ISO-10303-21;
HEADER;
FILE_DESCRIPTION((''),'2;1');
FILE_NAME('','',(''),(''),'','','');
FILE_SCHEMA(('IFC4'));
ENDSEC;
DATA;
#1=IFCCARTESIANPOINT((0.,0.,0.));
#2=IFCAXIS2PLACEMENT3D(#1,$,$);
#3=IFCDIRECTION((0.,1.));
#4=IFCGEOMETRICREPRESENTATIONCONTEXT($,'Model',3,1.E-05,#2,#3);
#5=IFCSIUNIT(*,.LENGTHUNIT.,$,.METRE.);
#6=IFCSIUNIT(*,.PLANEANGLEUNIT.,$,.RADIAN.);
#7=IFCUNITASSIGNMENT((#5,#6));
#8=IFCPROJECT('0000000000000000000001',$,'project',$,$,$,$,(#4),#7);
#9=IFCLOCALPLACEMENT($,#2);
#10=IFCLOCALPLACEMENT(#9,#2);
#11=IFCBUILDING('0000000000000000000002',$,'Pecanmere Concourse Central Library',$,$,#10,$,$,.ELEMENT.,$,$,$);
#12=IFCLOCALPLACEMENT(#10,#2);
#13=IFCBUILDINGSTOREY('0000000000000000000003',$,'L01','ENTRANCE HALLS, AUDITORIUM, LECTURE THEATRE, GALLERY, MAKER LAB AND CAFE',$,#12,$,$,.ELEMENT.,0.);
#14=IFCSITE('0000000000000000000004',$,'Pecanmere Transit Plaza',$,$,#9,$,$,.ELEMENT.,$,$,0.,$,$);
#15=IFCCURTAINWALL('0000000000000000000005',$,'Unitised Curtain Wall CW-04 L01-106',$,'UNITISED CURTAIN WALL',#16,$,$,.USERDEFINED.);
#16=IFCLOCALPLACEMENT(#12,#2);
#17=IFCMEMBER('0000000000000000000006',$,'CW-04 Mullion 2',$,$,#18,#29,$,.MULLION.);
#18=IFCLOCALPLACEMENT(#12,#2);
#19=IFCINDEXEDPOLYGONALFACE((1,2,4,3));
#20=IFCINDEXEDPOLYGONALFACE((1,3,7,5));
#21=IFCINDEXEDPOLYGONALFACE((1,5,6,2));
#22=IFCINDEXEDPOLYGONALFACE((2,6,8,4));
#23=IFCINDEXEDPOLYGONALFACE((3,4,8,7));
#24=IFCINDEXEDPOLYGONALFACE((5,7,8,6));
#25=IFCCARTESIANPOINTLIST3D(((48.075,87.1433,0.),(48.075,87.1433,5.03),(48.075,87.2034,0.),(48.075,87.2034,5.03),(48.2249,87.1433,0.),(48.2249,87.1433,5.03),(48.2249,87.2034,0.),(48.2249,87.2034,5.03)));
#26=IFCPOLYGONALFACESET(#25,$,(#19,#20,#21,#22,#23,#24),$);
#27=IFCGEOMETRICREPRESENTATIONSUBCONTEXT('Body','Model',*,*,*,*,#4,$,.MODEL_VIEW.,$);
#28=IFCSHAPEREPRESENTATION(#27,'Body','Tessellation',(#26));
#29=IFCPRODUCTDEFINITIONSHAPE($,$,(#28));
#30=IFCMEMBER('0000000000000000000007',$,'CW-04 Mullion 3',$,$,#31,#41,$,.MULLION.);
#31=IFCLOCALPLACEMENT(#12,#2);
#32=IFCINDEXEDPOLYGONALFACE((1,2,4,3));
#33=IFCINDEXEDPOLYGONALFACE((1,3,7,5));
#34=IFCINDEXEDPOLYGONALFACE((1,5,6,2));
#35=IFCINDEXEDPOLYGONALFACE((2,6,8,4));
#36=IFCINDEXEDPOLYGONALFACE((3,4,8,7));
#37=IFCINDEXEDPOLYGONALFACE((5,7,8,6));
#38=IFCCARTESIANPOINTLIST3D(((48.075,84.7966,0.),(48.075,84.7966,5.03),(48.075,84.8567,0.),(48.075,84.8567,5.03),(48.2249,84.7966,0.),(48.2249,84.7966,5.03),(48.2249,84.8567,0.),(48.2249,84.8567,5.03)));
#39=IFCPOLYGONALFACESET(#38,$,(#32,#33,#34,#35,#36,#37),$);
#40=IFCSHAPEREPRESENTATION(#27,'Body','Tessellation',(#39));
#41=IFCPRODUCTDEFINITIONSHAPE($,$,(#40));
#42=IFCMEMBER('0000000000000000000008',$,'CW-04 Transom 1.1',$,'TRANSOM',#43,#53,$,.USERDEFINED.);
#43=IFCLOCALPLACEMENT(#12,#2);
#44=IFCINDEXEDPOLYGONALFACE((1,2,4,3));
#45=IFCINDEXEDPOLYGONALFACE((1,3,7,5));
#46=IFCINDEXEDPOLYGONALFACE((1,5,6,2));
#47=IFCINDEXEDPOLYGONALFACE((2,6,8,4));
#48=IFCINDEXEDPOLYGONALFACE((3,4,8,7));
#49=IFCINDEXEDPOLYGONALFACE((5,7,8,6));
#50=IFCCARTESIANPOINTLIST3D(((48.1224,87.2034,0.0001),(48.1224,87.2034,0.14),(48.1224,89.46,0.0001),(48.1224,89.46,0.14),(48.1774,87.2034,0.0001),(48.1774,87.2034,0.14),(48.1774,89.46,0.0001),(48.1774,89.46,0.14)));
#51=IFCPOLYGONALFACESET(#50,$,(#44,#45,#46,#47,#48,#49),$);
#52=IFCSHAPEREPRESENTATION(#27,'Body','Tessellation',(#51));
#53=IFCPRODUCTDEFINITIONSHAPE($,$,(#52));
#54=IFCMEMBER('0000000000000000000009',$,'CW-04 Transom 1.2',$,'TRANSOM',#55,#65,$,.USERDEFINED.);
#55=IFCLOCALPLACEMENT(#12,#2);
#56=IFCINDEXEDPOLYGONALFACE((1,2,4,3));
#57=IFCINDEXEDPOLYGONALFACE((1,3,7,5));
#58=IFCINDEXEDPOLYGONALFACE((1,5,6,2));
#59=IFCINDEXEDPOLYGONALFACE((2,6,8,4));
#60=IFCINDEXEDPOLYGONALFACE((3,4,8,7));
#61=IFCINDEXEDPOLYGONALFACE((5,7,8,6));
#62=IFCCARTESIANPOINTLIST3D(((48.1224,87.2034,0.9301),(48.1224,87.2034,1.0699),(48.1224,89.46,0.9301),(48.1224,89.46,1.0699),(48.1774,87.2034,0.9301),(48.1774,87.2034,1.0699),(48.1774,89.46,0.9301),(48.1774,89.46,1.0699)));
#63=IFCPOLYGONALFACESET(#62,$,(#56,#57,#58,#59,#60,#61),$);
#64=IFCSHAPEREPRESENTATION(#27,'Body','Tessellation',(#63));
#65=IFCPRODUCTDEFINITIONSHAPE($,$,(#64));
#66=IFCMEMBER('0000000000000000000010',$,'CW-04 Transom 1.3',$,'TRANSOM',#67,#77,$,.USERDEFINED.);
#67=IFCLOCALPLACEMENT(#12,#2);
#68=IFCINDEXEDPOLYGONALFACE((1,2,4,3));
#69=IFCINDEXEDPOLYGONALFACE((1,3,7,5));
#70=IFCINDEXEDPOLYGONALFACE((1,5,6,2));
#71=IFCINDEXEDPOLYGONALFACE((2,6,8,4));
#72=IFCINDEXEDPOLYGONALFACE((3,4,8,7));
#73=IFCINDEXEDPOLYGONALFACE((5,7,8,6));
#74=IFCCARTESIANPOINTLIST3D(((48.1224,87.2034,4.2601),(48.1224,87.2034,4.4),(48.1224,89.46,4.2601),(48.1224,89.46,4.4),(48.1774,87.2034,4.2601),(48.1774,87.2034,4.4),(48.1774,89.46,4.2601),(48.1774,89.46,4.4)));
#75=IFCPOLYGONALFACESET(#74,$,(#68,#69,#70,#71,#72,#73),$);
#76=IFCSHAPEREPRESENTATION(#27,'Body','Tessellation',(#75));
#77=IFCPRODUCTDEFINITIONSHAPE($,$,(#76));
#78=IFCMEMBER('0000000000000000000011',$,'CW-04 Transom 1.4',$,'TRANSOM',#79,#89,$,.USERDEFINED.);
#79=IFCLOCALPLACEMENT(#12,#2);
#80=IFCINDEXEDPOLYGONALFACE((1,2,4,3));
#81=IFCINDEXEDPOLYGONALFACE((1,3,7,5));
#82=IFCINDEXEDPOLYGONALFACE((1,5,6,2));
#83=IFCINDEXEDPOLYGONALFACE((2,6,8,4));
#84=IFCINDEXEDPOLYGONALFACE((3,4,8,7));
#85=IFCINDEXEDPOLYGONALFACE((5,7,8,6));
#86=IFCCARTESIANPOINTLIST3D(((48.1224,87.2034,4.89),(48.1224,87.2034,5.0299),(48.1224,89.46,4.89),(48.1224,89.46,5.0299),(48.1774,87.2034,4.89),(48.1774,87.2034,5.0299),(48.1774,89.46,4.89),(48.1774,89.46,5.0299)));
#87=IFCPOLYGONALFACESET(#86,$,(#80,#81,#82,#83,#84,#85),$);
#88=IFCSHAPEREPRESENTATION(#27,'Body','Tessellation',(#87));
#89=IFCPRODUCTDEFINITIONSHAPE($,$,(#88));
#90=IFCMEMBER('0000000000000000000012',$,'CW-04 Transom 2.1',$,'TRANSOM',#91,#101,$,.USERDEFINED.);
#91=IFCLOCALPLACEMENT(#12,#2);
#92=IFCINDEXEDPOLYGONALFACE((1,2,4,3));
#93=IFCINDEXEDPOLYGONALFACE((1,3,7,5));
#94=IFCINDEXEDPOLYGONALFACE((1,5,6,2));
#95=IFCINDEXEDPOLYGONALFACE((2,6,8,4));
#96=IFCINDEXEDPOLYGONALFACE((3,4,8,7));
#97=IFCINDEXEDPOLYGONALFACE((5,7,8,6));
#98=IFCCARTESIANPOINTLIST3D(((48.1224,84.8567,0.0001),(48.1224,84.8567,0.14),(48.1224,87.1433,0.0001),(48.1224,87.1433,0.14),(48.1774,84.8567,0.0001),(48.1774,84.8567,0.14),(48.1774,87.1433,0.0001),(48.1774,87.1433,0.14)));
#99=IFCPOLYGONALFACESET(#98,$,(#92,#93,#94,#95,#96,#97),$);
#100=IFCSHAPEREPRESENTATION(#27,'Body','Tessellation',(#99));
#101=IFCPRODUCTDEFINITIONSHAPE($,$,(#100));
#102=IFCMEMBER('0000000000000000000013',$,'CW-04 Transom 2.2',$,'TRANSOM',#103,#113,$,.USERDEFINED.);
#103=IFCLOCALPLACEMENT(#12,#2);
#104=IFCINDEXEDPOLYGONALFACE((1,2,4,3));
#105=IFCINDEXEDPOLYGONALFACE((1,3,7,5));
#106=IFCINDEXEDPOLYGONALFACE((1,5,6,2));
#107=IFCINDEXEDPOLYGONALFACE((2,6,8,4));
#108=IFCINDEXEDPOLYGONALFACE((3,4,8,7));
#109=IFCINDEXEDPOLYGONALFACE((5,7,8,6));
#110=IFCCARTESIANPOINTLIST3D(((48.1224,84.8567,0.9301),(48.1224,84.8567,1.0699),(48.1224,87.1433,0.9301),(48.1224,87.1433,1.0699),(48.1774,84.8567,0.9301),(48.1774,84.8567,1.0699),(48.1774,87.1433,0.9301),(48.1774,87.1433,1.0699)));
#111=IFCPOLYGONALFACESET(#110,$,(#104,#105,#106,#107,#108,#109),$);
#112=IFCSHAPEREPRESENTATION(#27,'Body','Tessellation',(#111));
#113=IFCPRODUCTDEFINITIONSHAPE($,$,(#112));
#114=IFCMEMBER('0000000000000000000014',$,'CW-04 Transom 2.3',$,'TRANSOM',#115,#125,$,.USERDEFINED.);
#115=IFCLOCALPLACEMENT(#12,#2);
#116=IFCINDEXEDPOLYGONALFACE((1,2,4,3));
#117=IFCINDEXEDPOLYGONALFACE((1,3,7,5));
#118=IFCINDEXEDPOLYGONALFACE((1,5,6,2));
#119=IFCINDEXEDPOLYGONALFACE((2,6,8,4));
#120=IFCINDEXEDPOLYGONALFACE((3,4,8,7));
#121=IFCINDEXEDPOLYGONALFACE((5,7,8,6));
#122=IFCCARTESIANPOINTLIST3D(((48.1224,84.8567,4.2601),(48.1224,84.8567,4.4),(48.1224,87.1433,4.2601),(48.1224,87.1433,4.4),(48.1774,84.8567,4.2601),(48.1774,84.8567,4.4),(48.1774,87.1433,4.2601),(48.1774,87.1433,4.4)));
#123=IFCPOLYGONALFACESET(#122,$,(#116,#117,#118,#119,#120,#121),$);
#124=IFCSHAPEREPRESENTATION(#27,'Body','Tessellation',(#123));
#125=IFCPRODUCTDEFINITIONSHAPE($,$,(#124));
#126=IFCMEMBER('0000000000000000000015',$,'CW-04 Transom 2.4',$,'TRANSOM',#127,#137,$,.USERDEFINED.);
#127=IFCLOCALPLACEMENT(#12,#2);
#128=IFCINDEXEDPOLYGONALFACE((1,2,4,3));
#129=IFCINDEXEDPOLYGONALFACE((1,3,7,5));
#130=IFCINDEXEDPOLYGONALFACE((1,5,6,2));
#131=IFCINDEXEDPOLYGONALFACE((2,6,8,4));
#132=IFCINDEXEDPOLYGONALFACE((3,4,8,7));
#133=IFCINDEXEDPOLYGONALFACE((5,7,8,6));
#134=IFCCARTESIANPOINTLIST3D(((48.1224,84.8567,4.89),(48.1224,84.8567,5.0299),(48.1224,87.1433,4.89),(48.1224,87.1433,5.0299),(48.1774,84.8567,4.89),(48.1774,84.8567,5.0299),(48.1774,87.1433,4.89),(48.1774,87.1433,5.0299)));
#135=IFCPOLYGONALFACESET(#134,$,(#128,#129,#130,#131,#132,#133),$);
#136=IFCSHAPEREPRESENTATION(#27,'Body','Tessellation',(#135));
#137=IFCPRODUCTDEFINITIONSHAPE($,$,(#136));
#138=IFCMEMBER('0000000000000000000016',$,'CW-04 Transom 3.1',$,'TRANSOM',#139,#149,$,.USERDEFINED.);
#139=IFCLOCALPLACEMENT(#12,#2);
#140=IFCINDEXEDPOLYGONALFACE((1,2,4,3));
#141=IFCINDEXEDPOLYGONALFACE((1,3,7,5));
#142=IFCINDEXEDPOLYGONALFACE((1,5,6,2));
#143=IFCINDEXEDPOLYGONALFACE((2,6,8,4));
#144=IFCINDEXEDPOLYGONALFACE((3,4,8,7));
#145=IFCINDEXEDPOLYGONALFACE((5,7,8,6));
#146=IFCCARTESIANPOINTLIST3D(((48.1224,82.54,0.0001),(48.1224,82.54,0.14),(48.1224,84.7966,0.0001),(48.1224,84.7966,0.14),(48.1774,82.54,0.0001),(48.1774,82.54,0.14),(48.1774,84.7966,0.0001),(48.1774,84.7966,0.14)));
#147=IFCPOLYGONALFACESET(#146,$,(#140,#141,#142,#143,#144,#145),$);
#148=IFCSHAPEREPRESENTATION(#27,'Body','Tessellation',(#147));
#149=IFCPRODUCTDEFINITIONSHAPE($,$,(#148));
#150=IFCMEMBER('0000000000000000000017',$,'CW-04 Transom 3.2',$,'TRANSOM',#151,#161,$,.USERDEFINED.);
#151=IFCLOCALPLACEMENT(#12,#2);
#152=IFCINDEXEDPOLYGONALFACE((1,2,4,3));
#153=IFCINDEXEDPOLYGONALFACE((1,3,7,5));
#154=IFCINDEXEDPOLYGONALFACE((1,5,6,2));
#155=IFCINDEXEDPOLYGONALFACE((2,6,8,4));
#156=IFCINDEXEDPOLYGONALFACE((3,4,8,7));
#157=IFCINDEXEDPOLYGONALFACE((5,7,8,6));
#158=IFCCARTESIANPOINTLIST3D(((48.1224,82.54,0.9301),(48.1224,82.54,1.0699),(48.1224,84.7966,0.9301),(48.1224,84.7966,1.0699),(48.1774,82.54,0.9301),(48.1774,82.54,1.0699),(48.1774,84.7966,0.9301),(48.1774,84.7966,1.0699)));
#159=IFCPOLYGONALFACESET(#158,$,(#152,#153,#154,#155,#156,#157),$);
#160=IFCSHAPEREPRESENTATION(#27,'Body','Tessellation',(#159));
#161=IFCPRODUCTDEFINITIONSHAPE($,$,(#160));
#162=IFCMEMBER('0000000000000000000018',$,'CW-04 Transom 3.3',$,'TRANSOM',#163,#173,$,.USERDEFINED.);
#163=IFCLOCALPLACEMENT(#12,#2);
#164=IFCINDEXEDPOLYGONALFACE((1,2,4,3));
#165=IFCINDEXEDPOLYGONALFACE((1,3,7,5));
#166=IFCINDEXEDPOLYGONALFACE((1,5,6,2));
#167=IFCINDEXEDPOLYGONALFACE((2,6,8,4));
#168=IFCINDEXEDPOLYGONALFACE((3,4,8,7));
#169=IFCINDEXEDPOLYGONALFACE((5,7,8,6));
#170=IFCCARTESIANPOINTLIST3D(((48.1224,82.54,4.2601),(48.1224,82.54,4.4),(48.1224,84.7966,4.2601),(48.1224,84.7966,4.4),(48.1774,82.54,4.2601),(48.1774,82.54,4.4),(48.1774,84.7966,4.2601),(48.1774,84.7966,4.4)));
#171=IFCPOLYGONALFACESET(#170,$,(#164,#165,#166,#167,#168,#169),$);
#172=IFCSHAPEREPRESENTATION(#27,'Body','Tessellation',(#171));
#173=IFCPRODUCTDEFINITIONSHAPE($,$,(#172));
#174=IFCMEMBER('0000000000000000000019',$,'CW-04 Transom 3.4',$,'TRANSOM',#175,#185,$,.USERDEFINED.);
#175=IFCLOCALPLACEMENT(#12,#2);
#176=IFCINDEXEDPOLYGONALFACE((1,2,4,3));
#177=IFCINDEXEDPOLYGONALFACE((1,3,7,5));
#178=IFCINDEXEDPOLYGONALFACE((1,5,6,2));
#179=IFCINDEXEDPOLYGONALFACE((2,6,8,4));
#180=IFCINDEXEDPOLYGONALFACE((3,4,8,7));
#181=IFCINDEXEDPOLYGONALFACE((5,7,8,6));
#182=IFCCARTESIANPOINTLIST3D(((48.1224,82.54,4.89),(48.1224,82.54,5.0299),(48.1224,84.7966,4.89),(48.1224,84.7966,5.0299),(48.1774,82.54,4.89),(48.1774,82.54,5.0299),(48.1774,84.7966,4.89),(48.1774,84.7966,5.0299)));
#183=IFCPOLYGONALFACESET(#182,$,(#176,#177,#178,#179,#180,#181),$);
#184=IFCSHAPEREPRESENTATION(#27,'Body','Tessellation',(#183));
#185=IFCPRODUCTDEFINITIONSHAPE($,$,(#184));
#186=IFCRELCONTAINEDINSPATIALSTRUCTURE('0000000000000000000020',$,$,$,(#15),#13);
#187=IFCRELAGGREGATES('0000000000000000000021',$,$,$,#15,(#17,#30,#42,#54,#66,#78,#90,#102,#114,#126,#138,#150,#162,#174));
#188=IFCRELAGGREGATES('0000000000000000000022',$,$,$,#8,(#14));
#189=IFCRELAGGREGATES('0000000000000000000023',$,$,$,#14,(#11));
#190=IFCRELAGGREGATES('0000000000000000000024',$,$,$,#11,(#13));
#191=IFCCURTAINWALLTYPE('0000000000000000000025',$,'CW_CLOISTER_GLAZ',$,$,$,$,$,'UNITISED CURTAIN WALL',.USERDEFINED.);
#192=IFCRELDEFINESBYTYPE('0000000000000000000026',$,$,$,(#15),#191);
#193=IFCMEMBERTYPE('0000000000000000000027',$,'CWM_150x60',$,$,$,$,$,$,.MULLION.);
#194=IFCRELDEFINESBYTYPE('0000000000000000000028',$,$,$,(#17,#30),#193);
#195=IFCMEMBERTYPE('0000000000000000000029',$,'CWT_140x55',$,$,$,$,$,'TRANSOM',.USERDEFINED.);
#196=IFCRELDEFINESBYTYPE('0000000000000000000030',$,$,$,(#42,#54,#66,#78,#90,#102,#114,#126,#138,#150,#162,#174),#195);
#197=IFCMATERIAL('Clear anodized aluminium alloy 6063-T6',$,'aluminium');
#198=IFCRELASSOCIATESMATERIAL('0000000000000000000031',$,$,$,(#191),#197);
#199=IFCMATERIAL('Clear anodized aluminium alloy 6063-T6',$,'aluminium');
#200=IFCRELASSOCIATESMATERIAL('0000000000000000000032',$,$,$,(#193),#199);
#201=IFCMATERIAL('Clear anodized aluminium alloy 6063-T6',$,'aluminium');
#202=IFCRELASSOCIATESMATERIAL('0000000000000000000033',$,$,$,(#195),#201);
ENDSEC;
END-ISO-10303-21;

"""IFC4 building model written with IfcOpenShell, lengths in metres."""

from ifc_helpers import new_model, si_unit, direction, frame, origin, origin_2d, place, context, subcontext, project, spatial, rectangle, extrude, material, material_profile, profile_set, type_object, element, aggregate, save


model = new_model("IFC4")

# Units and contexts
model_context = context("Model", 3, precision=1e-05, world=origin(), true_north=direction((0.0, 1.0)))
body_context = subcontext(model_context, "Body", "Model", "MODEL_VIEW")
ifc_project = project(units=[si_unit("LENGTHUNIT", "METRE"), si_unit("PLANEANGLEUNIT", "RADIAN")], contexts=[model_context])

# Site, building, storey
site_placement = place(None, origin())
site = spatial("IfcSite", under=ifc_project, at=site_placement, Name="Pecanmere Transit Plaza", CompositionType="ELEMENT", RefElevation=0.0)
building_placement = place(site_placement, origin())
building = spatial("IfcBuilding", under=site, at=building_placement, Name="Pecanmere Concourse Central Library", CompositionType="ELEMENT")
storey_placement = place(building_placement, origin())
storey = spatial("IfcBuildingStorey", under=building, at=storey_placement, Name="L01", Description="ENTRANCE HALLS, AUDITORIUM, LECTURE THEATRE, GALLERY, MAKER LAB AND CAFE", CompositionType="ELEMENT", Elevation=0.0)

# Curtain wall, members
ifc_material_1 = material(Name="Clear anodized aluminium alloy 6063-T6", Category="aluminium")
curtain_wall_type = type_object("IfcCurtainWallType", Name="CW_CLOISTER_GLAZ", ElementType="UNITISED CURTAIN WALL", PredefinedType="USERDEFINED", material=ifc_material_1)
curtain_wall_placement = place(storey_placement, origin())
curtain_wall = element("IfcCurtainWall", 1, at=curtain_wall_placement, inside=storey, type_object=curtain_wall_type, Name="Unitised Curtain Wall CW-04 L01-106", ObjectType="UNITISED CURTAIN WALL", PredefinedType="USERDEFINED")
ifc_material_2 = material(Name="Clear anodized aluminium alloy 6063-T6", Category="aluminium")
ifc_material_profile_1 = material_profile(ifc_material_2, rectangle(XDim=0.0601, YDim=0.1499, at=origin_2d()), Name="AL 60x150")
ifc_profile_set_1 = profile_set([ifc_material_profile_1], Name="Clear anodized aluminium alloy 6063-T6")
member_type_1 = type_object("IfcMemberType", Name="CWM_150x60", PredefinedType="MULLION", material=ifc_profile_set_1)
member_1_placement = place(storey_placement, frame((48.1499, 87.1733, 0.0), z_axis=(0.0, 0.0, 1.0), x_axis=(0.0, -1.0, 0.0)))
member_1 = element("IfcMember", 2, at=member_1_placement, type_object=member_type_1, Name="CW-04 Mullion 2", PredefinedType="MULLION", context=body_context, shape_type="SweptSolid", body=[
    extrude(rectangle(XDim=0.0601, YDim=0.1499, at=origin_2d()), origin(), (0.0, 0.0, 1.0), 5.03),
])
member_2_placement = place(storey_placement, frame((48.1499, 84.8267, 0.0), z_axis=(0.0, 0.0, 1.0), x_axis=(0.0, -1.0, 0.0)))
member_2 = element("IfcMember", 3, at=member_2_placement, type_object=member_type_1, Name="CW-04 Mullion 3", PredefinedType="MULLION", context=body_context, shape_type="SweptSolid", body=[
    extrude(rectangle(XDim=0.0601, YDim=0.1499, at=origin_2d()), origin(), (0.0, 0.0, 1.0), 5.03),
])
ifc_material_3 = material(Name="Clear anodized aluminium alloy 6063-T6", Category="aluminium")
ifc_material_profile_2 = material_profile(ifc_material_3, rectangle(XDim=0.0549, YDim=0.1399, at=origin_2d()), Name="AL 55x140")
ifc_profile_set_2 = profile_set([ifc_material_profile_2], Name="Clear anodized aluminium alloy 6063-T6")
member_type_2 = type_object("IfcMemberType", Name="CWT_140x55", ElementType="TRANSOM", PredefinedType="USERDEFINED", material=ifc_profile_set_2)
member_3_placement = place(storey_placement, frame((48.1499, 89.46, 0.0701), z_axis=(0.0, -1.0, 0.0), x_axis=(1.0, 0.0, 0.0)))
member_3 = element("IfcMember", 4, at=member_3_placement, type_object=member_type_2, Name="CW-04 Transom 1.1", ObjectType="TRANSOM", PredefinedType="USERDEFINED", context=body_context, shape_type="SweptSolid", body=[
    extrude(rectangle(XDim=0.0549, YDim=0.1399, at=origin_2d()), origin(), (0.0, 0.0, 1.0), 2.2566),
])
member_4_placement = place(storey_placement, frame((48.1499, 89.46, 1.0), z_axis=(0.0, -1.0, 0.0), x_axis=(1.0, 0.0, 0.0)))
member_4 = element("IfcMember", 5, at=member_4_placement, type_object=member_type_2, Name="CW-04 Transom 1.2", ObjectType="TRANSOM", PredefinedType="USERDEFINED", context=body_context, shape_type="SweptSolid", body=[
    extrude(rectangle(XDim=0.0549, YDim=0.1399, at=origin_2d()), origin(), (0.0, 0.0, 1.0), 2.2566),
])
member_5_placement = place(storey_placement, frame((48.1499, 89.46, 4.3301), z_axis=(0.0, -1.0, 0.0), x_axis=(1.0, 0.0, 0.0)))
member_5 = element("IfcMember", 6, at=member_5_placement, type_object=member_type_2, Name="CW-04 Transom 1.3", ObjectType="TRANSOM", PredefinedType="USERDEFINED", context=body_context, shape_type="SweptSolid", body=[
    extrude(rectangle(XDim=0.0549, YDim=0.1399, at=origin_2d()), origin(), (0.0, 0.0, 1.0), 2.2566),
])
member_6_placement = place(storey_placement, frame((48.1499, 89.46, 4.96), z_axis=(0.0, -1.0, 0.0), x_axis=(1.0, 0.0, 0.0)))
member_6 = element("IfcMember", 7, at=member_6_placement, type_object=member_type_2, Name="CW-04 Transom 1.4", ObjectType="TRANSOM", PredefinedType="USERDEFINED", context=body_context, shape_type="SweptSolid", body=[
    extrude(rectangle(XDim=0.0549, YDim=0.1399, at=origin_2d()), origin(), (0.0, 0.0, 1.0), 2.2566),
])
member_7_placement = place(storey_placement, frame((48.1499, 87.1433, 0.0701), z_axis=(0.0, -1.0, 0.0), x_axis=(1.0, 0.0, 0.0)))
member_7 = element("IfcMember", 8, at=member_7_placement, type_object=member_type_2, Name="CW-04 Transom 2.1", ObjectType="TRANSOM", PredefinedType="USERDEFINED", context=body_context, shape_type="SweptSolid", body=[
    extrude(rectangle(XDim=0.0549, YDim=0.1399, at=origin_2d()), origin(), (0.0, 0.0, 1.0), 2.2866),
])
member_8_placement = place(storey_placement, frame((48.1499, 87.1433, 1.0), z_axis=(0.0, -1.0, 0.0), x_axis=(1.0, 0.0, 0.0)))
member_8 = element("IfcMember", 9, at=member_8_placement, type_object=member_type_2, Name="CW-04 Transom 2.2", ObjectType="TRANSOM", PredefinedType="USERDEFINED", context=body_context, shape_type="SweptSolid", body=[
    extrude(rectangle(XDim=0.0549, YDim=0.1399, at=origin_2d()), origin(), (0.0, 0.0, 1.0), 2.2866),
])
member_9_placement = place(storey_placement, frame((48.1499, 87.1433, 4.3301), z_axis=(0.0, -1.0, 0.0), x_axis=(1.0, 0.0, 0.0)))
member_9 = element("IfcMember", 10, at=member_9_placement, type_object=member_type_2, Name="CW-04 Transom 2.3", ObjectType="TRANSOM", PredefinedType="USERDEFINED", context=body_context, shape_type="SweptSolid", body=[
    extrude(rectangle(XDim=0.0549, YDim=0.1399, at=origin_2d()), origin(), (0.0, 0.0, 1.0), 2.2866),
])
member_10_placement = place(storey_placement, frame((48.1499, 87.1433, 4.96), z_axis=(0.0, -1.0, 0.0), x_axis=(1.0, 0.0, 0.0)))
member_10 = element("IfcMember", 11, at=member_10_placement, type_object=member_type_2, Name="CW-04 Transom 2.4", ObjectType="TRANSOM", PredefinedType="USERDEFINED", context=body_context, shape_type="SweptSolid", body=[
    extrude(rectangle(XDim=0.0549, YDim=0.1399, at=origin_2d()), origin(), (0.0, 0.0, 1.0), 2.2866),
])
member_11_placement = place(storey_placement, frame((48.1499, 84.7966, 0.0701), z_axis=(0.0, -1.0, 0.0), x_axis=(1.0, 0.0, 0.0)))
member_11 = element("IfcMember", 12, at=member_11_placement, type_object=member_type_2, Name="CW-04 Transom 3.1", ObjectType="TRANSOM", PredefinedType="USERDEFINED", context=body_context, shape_type="SweptSolid", body=[
    extrude(rectangle(XDim=0.0549, YDim=0.1399, at=origin_2d()), origin(), (0.0, 0.0, 1.0), 2.2566),
])
member_12_placement = place(storey_placement, frame((48.1499, 84.7966, 1.0), z_axis=(0.0, -1.0, 0.0), x_axis=(1.0, 0.0, 0.0)))
member_12 = element("IfcMember", 13, at=member_12_placement, type_object=member_type_2, Name="CW-04 Transom 3.2", ObjectType="TRANSOM", PredefinedType="USERDEFINED", context=body_context, shape_type="SweptSolid", body=[
    extrude(rectangle(XDim=0.0549, YDim=0.1399, at=origin_2d()), origin(), (0.0, 0.0, 1.0), 2.2566),
])
member_13_placement = place(storey_placement, frame((48.1499, 84.7966, 4.3301), z_axis=(0.0, -1.0, 0.0), x_axis=(1.0, 0.0, 0.0)))
member_13 = element("IfcMember", 14, at=member_13_placement, type_object=member_type_2, Name="CW-04 Transom 3.3", ObjectType="TRANSOM", PredefinedType="USERDEFINED", context=body_context, shape_type="SweptSolid", body=[
    extrude(rectangle(XDim=0.0549, YDim=0.1399, at=origin_2d()), origin(), (0.0, 0.0, 1.0), 2.2566),
])
member_14_placement = place(storey_placement, frame((48.1499, 84.7966, 4.96), z_axis=(0.0, -1.0, 0.0), x_axis=(1.0, 0.0, 0.0)))
member_14 = element("IfcMember", 15, at=member_14_placement, type_object=member_type_2, Name="CW-04 Transom 3.4", ObjectType="TRANSOM", PredefinedType="USERDEFINED", context=body_context, shape_type="SweptSolid", body=[
    extrude(rectangle(XDim=0.0549, YDim=0.1399, at=origin_2d()), origin(), (0.0, 0.0, 1.0), 2.2566),
])
aggregate(curtain_wall, [member_1, member_2, member_3, member_4, member_5, member_6, member_7, member_8, member_9, member_10, member_11, member_12, member_13, member_14])

save(model, "model.ifc")
